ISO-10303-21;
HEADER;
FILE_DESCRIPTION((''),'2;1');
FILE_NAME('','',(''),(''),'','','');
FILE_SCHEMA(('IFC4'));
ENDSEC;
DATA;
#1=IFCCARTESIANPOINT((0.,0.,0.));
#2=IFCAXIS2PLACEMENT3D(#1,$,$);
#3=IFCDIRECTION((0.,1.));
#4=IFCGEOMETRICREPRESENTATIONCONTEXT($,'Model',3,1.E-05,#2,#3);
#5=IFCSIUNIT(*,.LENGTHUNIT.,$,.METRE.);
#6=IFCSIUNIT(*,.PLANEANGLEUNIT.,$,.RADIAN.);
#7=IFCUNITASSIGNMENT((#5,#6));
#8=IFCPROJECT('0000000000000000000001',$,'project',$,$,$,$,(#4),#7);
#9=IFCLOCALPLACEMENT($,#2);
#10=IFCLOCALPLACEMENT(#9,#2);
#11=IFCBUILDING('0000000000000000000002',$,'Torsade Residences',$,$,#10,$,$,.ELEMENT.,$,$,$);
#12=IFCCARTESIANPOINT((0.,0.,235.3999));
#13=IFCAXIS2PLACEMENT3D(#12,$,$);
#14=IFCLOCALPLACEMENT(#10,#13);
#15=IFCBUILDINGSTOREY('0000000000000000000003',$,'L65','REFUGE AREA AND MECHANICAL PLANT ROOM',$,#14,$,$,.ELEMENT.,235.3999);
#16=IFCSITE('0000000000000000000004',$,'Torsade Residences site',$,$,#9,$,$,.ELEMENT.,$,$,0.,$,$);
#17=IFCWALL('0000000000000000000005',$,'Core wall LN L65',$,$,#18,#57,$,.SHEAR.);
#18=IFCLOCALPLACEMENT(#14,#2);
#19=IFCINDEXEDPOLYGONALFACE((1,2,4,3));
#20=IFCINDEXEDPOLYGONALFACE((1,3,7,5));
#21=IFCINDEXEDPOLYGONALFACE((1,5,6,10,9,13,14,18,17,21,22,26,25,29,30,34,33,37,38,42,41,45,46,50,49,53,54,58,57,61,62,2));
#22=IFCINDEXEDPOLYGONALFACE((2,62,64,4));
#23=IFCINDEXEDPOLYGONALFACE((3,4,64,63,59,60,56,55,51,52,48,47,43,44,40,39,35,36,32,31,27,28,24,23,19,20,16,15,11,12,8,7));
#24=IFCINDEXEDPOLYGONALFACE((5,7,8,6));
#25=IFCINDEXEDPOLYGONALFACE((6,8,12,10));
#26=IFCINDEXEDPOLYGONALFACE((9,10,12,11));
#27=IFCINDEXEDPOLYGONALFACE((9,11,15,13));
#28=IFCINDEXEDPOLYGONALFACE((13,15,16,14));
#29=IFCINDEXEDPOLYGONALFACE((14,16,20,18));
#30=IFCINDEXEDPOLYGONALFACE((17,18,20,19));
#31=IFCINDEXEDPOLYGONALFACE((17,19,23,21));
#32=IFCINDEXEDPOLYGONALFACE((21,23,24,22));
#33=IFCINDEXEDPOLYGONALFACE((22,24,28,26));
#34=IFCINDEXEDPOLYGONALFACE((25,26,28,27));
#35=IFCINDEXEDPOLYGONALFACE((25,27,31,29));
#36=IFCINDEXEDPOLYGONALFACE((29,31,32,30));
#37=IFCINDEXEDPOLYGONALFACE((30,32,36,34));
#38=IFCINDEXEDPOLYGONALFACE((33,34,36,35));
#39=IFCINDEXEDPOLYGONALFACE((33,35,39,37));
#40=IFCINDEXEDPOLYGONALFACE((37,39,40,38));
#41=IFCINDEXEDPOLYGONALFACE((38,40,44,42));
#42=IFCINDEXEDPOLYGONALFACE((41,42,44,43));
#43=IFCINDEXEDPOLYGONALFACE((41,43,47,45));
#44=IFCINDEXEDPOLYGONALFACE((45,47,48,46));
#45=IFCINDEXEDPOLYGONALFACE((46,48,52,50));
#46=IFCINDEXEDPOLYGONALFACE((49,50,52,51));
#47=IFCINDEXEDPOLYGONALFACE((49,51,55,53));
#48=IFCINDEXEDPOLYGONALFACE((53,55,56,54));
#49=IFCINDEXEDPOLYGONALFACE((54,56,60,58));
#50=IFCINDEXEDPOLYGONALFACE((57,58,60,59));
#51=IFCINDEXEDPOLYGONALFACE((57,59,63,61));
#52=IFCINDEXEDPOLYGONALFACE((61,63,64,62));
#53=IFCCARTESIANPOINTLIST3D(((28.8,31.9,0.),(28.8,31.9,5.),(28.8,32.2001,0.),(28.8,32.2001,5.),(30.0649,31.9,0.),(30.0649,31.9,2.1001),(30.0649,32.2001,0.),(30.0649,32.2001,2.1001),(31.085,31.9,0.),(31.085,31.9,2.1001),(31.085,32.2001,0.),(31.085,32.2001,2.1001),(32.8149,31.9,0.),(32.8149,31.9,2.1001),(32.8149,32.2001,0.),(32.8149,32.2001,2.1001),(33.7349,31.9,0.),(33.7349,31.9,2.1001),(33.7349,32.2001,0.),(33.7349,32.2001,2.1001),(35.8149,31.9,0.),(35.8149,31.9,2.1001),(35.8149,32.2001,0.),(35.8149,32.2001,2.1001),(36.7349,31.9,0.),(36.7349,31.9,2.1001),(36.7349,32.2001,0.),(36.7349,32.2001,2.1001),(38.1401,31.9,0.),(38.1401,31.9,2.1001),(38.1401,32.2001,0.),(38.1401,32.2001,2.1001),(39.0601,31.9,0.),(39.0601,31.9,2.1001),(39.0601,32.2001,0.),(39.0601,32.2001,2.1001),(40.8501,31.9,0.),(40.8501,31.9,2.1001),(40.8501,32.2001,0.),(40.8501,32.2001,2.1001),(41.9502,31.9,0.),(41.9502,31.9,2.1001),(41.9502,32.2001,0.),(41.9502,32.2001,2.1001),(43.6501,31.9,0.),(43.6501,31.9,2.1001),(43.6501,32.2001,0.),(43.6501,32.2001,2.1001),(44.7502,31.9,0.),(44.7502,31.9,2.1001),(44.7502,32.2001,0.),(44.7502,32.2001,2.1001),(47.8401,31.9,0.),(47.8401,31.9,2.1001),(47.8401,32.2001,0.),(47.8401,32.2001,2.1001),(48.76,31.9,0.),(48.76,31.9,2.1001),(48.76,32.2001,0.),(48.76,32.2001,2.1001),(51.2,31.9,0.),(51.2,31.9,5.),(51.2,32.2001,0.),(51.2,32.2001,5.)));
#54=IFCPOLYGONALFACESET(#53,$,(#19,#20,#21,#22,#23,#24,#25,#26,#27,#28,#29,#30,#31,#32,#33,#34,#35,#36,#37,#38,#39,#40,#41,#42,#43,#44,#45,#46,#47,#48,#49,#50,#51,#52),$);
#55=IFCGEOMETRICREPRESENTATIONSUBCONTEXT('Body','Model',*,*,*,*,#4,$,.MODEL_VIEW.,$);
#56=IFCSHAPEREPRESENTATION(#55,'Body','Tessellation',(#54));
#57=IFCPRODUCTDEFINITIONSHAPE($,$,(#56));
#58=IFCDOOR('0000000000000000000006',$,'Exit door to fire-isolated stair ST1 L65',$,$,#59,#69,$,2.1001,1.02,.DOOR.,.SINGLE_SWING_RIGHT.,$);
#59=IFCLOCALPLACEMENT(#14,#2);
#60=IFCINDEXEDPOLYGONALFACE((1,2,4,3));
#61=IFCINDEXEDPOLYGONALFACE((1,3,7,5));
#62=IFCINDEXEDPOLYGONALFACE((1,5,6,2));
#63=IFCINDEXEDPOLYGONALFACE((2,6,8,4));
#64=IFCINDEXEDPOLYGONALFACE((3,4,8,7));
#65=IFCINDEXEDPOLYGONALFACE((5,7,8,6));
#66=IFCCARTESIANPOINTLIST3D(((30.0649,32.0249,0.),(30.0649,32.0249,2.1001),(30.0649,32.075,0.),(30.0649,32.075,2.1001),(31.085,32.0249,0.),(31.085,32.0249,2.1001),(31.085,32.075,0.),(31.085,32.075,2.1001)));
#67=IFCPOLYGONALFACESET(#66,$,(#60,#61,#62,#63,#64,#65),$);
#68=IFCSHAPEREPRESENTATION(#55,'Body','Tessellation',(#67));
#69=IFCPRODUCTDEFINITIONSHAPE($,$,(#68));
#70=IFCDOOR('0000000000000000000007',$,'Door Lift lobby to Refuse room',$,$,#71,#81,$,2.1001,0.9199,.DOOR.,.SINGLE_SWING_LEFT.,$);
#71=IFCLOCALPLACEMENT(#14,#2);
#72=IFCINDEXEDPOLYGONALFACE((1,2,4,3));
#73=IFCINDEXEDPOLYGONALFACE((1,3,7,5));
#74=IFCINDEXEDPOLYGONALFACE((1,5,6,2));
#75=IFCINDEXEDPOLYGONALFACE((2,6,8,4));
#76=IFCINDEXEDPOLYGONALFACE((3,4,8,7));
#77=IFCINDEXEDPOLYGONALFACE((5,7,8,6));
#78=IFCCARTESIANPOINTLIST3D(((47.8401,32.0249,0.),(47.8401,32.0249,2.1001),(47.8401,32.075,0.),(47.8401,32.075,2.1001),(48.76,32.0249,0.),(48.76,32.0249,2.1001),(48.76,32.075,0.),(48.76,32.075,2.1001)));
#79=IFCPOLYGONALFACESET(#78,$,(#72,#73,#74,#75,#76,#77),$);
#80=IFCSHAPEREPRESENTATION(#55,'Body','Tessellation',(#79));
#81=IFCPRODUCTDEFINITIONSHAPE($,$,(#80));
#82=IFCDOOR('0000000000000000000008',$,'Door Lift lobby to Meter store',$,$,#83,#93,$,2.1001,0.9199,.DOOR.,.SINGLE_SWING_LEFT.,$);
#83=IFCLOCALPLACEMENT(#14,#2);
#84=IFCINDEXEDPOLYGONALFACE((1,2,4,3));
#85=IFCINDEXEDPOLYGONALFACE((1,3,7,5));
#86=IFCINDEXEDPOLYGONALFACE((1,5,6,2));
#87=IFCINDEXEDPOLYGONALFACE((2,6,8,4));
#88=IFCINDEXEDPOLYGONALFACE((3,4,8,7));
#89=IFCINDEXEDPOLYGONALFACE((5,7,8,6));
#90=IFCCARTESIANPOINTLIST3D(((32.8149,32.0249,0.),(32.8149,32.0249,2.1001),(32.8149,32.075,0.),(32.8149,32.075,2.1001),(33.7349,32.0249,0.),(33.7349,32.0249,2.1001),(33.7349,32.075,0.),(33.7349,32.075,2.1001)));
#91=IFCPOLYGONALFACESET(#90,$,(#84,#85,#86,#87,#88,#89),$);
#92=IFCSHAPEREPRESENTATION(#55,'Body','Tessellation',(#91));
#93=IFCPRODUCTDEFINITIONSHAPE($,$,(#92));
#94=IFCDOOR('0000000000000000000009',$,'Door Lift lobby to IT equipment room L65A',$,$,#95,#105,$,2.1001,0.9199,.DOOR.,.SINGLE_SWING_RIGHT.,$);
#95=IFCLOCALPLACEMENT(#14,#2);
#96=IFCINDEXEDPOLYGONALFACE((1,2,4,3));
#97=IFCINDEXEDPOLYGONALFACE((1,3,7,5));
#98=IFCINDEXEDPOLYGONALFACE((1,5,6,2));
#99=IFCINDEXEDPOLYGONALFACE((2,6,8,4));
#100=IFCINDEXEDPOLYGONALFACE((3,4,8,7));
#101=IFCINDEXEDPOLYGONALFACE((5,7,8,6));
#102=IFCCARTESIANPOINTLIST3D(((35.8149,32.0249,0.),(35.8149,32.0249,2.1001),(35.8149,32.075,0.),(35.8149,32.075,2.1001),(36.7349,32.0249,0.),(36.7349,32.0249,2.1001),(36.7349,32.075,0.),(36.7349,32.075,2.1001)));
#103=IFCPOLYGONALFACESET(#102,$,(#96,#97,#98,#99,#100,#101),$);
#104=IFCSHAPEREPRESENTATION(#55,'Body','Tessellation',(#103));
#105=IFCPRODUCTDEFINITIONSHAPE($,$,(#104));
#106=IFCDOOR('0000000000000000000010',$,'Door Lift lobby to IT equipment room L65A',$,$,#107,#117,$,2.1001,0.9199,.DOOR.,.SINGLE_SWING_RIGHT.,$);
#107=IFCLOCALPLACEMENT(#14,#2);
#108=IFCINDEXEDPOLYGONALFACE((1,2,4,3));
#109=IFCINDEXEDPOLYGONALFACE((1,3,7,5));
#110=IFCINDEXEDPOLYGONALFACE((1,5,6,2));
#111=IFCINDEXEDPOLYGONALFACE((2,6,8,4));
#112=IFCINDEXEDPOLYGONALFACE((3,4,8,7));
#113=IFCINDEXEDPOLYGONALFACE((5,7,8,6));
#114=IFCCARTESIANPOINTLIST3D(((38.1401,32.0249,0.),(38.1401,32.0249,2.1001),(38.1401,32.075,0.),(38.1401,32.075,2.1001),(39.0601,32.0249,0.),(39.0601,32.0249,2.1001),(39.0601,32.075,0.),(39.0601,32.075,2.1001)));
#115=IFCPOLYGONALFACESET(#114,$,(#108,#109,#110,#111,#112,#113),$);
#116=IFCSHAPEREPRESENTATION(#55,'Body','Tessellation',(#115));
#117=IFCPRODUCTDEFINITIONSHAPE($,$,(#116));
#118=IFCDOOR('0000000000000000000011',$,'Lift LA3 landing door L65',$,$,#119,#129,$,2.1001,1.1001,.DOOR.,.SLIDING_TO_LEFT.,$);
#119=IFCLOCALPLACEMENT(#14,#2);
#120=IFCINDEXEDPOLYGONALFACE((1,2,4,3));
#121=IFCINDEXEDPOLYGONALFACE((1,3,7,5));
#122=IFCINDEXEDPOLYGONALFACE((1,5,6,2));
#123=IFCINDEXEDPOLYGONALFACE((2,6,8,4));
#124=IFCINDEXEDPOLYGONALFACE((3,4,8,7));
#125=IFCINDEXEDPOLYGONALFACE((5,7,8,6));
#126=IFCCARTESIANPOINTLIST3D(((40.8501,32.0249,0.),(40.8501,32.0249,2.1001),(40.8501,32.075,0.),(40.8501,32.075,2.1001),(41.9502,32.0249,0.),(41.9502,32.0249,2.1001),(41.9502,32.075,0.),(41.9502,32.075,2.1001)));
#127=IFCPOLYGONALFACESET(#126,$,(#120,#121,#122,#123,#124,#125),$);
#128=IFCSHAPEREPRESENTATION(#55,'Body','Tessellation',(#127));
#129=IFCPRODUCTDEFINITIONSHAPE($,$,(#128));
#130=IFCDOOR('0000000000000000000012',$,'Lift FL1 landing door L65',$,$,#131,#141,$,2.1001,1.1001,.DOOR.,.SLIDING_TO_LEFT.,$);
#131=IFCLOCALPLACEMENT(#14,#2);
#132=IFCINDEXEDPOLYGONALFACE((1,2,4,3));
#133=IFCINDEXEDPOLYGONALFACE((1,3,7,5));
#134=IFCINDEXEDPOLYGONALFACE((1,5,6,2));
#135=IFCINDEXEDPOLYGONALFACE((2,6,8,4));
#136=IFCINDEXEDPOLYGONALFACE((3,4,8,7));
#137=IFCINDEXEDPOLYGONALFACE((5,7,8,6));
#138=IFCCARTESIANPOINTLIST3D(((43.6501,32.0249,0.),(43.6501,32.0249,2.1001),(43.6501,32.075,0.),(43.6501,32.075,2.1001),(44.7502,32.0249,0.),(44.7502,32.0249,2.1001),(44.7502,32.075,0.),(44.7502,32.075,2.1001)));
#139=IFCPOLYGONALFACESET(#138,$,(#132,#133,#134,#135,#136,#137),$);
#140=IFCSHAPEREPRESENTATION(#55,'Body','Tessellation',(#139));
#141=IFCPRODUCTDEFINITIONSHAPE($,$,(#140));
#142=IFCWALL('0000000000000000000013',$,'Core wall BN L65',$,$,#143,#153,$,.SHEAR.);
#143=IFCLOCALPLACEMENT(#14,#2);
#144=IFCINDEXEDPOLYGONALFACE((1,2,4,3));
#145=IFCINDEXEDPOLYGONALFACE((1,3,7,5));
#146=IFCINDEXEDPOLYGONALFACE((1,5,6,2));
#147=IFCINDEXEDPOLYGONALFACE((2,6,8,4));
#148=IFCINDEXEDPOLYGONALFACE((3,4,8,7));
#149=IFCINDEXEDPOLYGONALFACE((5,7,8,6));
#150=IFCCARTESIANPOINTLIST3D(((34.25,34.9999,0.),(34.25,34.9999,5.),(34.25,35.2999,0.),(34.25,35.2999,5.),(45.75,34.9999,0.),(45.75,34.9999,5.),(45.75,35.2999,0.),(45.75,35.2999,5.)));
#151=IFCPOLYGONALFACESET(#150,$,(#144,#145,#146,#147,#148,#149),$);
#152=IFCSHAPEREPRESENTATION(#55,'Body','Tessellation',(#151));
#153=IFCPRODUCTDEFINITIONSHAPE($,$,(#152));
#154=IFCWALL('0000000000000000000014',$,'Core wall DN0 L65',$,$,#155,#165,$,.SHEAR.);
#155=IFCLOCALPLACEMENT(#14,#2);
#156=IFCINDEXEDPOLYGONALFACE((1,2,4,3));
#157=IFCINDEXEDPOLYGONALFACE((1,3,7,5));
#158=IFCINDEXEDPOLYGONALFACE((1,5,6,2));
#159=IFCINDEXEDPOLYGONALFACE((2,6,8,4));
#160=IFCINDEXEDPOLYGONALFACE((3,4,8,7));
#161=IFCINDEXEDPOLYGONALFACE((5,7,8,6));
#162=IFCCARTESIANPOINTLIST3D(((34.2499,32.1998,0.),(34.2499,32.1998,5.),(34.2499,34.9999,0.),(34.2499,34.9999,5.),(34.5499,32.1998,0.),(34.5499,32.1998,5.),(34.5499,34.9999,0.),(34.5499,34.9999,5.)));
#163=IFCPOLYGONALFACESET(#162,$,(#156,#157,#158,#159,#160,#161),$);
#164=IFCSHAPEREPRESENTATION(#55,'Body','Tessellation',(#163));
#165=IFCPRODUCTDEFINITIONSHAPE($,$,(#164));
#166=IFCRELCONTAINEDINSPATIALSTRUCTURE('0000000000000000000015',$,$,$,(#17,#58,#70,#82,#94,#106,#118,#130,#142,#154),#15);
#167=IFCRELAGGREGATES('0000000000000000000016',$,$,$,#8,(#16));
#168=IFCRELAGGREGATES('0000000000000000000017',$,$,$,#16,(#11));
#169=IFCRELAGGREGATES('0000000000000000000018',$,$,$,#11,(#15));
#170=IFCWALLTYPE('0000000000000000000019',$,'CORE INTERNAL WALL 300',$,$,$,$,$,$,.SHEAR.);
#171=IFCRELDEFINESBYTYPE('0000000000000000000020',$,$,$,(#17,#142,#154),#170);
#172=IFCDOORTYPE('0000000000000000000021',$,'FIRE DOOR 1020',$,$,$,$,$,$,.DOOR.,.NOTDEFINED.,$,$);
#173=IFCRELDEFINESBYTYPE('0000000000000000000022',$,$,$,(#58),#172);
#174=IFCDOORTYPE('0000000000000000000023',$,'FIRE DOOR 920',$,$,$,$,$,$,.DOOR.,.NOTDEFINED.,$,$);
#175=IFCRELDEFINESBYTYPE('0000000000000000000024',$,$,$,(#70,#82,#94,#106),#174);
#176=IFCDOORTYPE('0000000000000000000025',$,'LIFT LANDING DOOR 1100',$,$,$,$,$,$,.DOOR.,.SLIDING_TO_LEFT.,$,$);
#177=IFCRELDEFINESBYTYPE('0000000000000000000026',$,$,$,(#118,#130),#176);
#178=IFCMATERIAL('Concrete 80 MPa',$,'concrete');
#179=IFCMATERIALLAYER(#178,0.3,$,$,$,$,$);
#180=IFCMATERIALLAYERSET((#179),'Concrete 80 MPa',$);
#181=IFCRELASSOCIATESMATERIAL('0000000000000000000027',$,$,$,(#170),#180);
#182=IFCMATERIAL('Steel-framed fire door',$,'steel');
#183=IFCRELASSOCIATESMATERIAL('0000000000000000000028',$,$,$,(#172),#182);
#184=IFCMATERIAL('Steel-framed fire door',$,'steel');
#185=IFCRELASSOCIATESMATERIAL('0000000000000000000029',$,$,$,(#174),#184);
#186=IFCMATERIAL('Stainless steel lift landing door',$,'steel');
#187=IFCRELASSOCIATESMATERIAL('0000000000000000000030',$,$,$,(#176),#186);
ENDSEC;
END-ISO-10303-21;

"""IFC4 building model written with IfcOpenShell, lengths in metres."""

from ifc_helpers import new_model, si_unit, direction, frame, frame_2d, origin, place, context, subcontext, project, spatial, rectangle, extrude, material, layer, layer_set, type_object, element, fill, save


model = new_model("IFC4")

# Units and contexts
model_context = context("Model", 3, precision=1e-05, world=origin(), true_north=direction((0.0, 1.0)))
body_context = subcontext(model_context, "Body", "Model", "MODEL_VIEW")
ifc_project = project(units=[si_unit("LENGTHUNIT", "METRE"), si_unit("PLANEANGLEUNIT", "RADIAN")], contexts=[model_context])

# Site, building, storey
site_placement = place(None, origin())
site = spatial("IfcSite", under=ifc_project, at=site_placement, Name="Torsade Residences site", CompositionType="ELEMENT", RefElevation=0.0)
building_placement = place(site_placement, origin())
building = spatial("IfcBuilding", under=site, at=building_placement, Name="Torsade Residences", CompositionType="ELEMENT")
storey_placement = place(building_placement, frame((0.0, 0.0, 235.3999)))
storey = spatial("IfcBuildingStorey", under=building, at=storey_placement, Name="L65", Description="REFUGE AREA AND MECHANICAL PLANT ROOM", CompositionType="ELEMENT", Elevation=235.3999)

# Wall, openings, doors
ifc_material_1 = material(Name="Concrete 80 MPa", Category="concrete")
ifc_layer_1 = layer(ifc_material_1, 0.3)
ifc_layer_set_1 = layer_set([ifc_layer_1], Name="Concrete 80 MPa")
wall_type_1 = type_object("IfcWallType", Name="CORE INTERNAL WALL 300", PredefinedType="SHEAR", material=ifc_layer_set_1)
wall_1_placement = place(storey_placement, frame((28.8, 32.05, 0.0), z_axis=(0.0, 0.0, 1.0), x_axis=(1.0, 0.0, 0.0)))
wall_1 = element("IfcWall", 1, at=wall_1_placement, inside=storey, type_object=wall_type_1, Name="Core wall LN L65", PredefinedType="SHEAR", context=body_context, shape_type="SweptSolid", body=[
    extrude(rectangle(XDim=22.3999, YDim=0.3, at=frame_2d((11.2, 0.0))), origin(), (0.0, 0.0, 1.0), 5.0),
])
opening_1_placement = place(wall_1_placement, frame((19.04, 0.0, 0.0)))
opening_1 = element("IfcOpeningElement", 2, at=opening_1_placement, cuts=wall_1, PredefinedType="OPENING", context=body_context, shape_type="SweptSolid", body=[
    extrude(rectangle(XDim=0.9199, YDim=2.1001, at=frame_2d((0.46, 1.05))), frame((0.0, 0.1599, 0.0), z_axis=(0.0, -1.0, 0.0), x_axis=(1.0, 0.0, 0.0)), (0.0, 0.0, 1.0), 0.3201),
])
opening_2_placement = place(wall_1_placement, frame((1.2649, 0.0, 0.0)))
opening_2 = element("IfcOpeningElement", 3, at=opening_2_placement, cuts=wall_1, PredefinedType="OPENING", context=body_context, shape_type="SweptSolid", body=[
    extrude(rectangle(XDim=1.02, YDim=2.1001, at=frame_2d((0.51, 1.05))), frame((0.0, 0.1599, 0.0), z_axis=(0.0, -1.0, 0.0), x_axis=(1.0, 0.0, 0.0)), (0.0, 0.0, 1.0), 0.3201),
])
opening_3_placement = place(wall_1_placement, frame((4.0149, 0.0, 0.0)))
opening_3 = element("IfcOpeningElement", 4, at=opening_3_placement, cuts=wall_1, PredefinedType="OPENING", context=body_context, shape_type="SweptSolid", body=[
    extrude(rectangle(XDim=0.9199, YDim=2.1001, at=frame_2d((0.46, 1.05))), frame((0.0, 0.1599, 0.0), z_axis=(0.0, -1.0, 0.0), x_axis=(1.0, 0.0, 0.0)), (0.0, 0.0, 1.0), 0.3201),
])
opening_4_placement = place(wall_1_placement, frame((7.0149, 0.0, 0.0)))
opening_4 = element("IfcOpeningElement", 5, at=opening_4_placement, cuts=wall_1, PredefinedType="OPENING", context=body_context, shape_type="SweptSolid", body=[
    extrude(rectangle(XDim=0.9199, YDim=2.1001, at=frame_2d((0.46, 1.05))), frame((0.0, 0.1599, 0.0), z_axis=(0.0, -1.0, 0.0), x_axis=(1.0, 0.0, 0.0)), (0.0, 0.0, 1.0), 0.3201),
])
opening_5_placement = place(wall_1_placement, frame((9.3401, 0.0, 0.0)))
opening_5 = element("IfcOpeningElement", 6, at=opening_5_placement, cuts=wall_1, PredefinedType="OPENING", context=body_context, shape_type="SweptSolid", body=[
    extrude(rectangle(XDim=0.9199, YDim=2.1001, at=frame_2d((0.46, 1.05))), frame((0.0, 0.1599, 0.0), z_axis=(0.0, -1.0, 0.0), x_axis=(1.0, 0.0, 0.0)), (0.0, 0.0, 1.0), 0.3201),
])
opening_6_placement = place(wall_1_placement, frame((12.05, 0.0, 0.0)))
opening_6 = element("IfcOpeningElement", 7, at=opening_6_placement, cuts=wall_1, PredefinedType="OPENING", context=body_context, shape_type="SweptSolid", body=[
    extrude(rectangle(XDim=1.1001, YDim=2.1001, at=frame_2d((0.55, 1.05))), frame((0.0, 0.1599, 0.0), z_axis=(0.0, -1.0, 0.0), x_axis=(1.0, 0.0, 0.0)), (0.0, 0.0, 1.0), 0.3201),
])
opening_7_placement = place(wall_1_placement, frame((14.8501, 0.0, 0.0)))
opening_7 = element("IfcOpeningElement", 8, at=opening_7_placement, cuts=wall_1, PredefinedType="OPENING", context=body_context, shape_type="SweptSolid", body=[
    extrude(rectangle(XDim=1.1001, YDim=2.1001, at=frame_2d((0.55, 1.05))), frame((0.0, 0.1599, 0.0), z_axis=(0.0, -1.0, 0.0), x_axis=(1.0, 0.0, 0.0)), (0.0, 0.0, 1.0), 0.3201),
])
ifc_material_2 = material(Name="Steel-framed fire door", Category="steel")
door_type_1 = type_object("IfcDoorType", Name="FIRE DOOR 1020", OperationType="NOTDEFINED", PredefinedType="DOOR", material=ifc_material_2)
door_1_placement = place(opening_2_placement, origin())
door_1 = element("IfcDoor", 9, at=door_1_placement, inside=storey, type_object=door_type_1, Name="Exit door to fire-isolated stair ST1 L65", OperationType="SINGLE_SWING_RIGHT", OverallHeight=2.1001, OverallWidth=1.02, PredefinedType="DOOR", context=body_context, shape_type="SweptSolid", body=[
    extrude(rectangle(XDim=1.02, YDim=2.1001, at=frame_2d((0.51, 1.05))), frame((0.0, 0.0249, 0.0), z_axis=(0.0, -1.0, 0.0), x_axis=(1.0, 0.0, 0.0)), (0.0, 0.0, 1.0), 0.05),
])
fill(opening_2, door_1)
ifc_material_3 = material(Name="Steel-framed fire door", Category="steel")
door_type_2 = type_object("IfcDoorType", Name="FIRE DOOR 920", OperationType="NOTDEFINED", PredefinedType="DOOR", material=ifc_material_3)
door_2_placement = place(opening_1_placement, origin())
door_2 = element("IfcDoor", 10, at=door_2_placement, inside=storey, type_object=door_type_2, Name="Door Lift lobby to Refuse room", OperationType="SINGLE_SWING_LEFT", OverallHeight=2.1001, OverallWidth=0.9199, PredefinedType="DOOR", context=body_context, shape_type="SweptSolid", body=[
    extrude(rectangle(XDim=0.9199, YDim=2.1001, at=frame_2d((0.46, 1.05))), frame((0.0, 0.0249, 0.0), z_axis=(0.0, -1.0, 0.0), x_axis=(1.0, 0.0, 0.0)), (0.0, 0.0, 1.0), 0.05),
])
fill(opening_1, door_2)
door_3_placement = place(opening_3_placement, origin())
door_3 = element("IfcDoor", 11, at=door_3_placement, inside=storey, type_object=door_type_2, Name="Door Lift lobby to Meter store", OperationType="SINGLE_SWING_LEFT", OverallHeight=2.1001, OverallWidth=0.9199, PredefinedType="DOOR", context=body_context, shape_type="SweptSolid", body=[
    extrude(rectangle(XDim=0.9199, YDim=2.1001, at=frame_2d((0.46, 1.05))), frame((0.0, 0.0249, 0.0), z_axis=(0.0, -1.0, 0.0), x_axis=(1.0, 0.0, 0.0)), (0.0, 0.0, 1.0), 0.05),
])
fill(opening_3, door_3)
door_4_placement = place(opening_4_placement, origin())
door_4 = element("IfcDoor", 12, at=door_4_placement, inside=storey, type_object=door_type_2, Name="Door Lift lobby to IT equipment room L65A", OperationType="SINGLE_SWING_RIGHT", OverallHeight=2.1001, OverallWidth=0.9199, PredefinedType="DOOR", context=body_context, shape_type="SweptSolid", body=[
    extrude(rectangle(XDim=0.9199, YDim=2.1001, at=frame_2d((0.46, 1.05))), frame((0.0, 0.0249, 0.0), z_axis=(0.0, -1.0, 0.0), x_axis=(1.0, 0.0, 0.0)), (0.0, 0.0, 1.0), 0.05),
])
fill(opening_4, door_4)
door_5_placement = place(opening_5_placement, origin())
door_5 = element("IfcDoor", 13, at=door_5_placement, inside=storey, type_object=door_type_2, Name="Door Lift lobby to IT equipment room L65A", OperationType="SINGLE_SWING_RIGHT", OverallHeight=2.1001, OverallWidth=0.9199, PredefinedType="DOOR", context=body_context, shape_type="SweptSolid", body=[
    extrude(rectangle(XDim=0.9199, YDim=2.1001, at=frame_2d((0.46, 1.05))), frame((0.0, 0.0249, 0.0), z_axis=(0.0, -1.0, 0.0), x_axis=(1.0, 0.0, 0.0)), (0.0, 0.0, 1.0), 0.05),
])
fill(opening_5, door_5)
ifc_material_4 = material(Name="Stainless steel lift landing door", Category="steel")
door_type_3 = type_object("IfcDoorType", Name="LIFT LANDING DOOR 1100", OperationType="SLIDING_TO_LEFT", PredefinedType="DOOR", material=ifc_material_4)
door_6_placement = place(opening_6_placement, origin())
door_6 = element("IfcDoor", 14, at=door_6_placement, inside=storey, type_object=door_type_3, Name="Lift LA3 landing door L65", OperationType="SLIDING_TO_LEFT", OverallHeight=2.1001, OverallWidth=1.1001, PredefinedType="DOOR", context=body_context, shape_type="SweptSolid", body=[
    extrude(rectangle(XDim=1.1001, YDim=2.1001, at=frame_2d((0.55, 1.05))), frame((0.0, 0.0249, 0.0), z_axis=(0.0, -1.0, 0.0), x_axis=(1.0, 0.0, 0.0)), (0.0, 0.0, 1.0), 0.05),
])
fill(opening_6, door_6)
door_7_placement = place(opening_7_placement, origin())
door_7 = element("IfcDoor", 15, at=door_7_placement, inside=storey, type_object=door_type_3, Name="Lift FL1 landing door L65", OperationType="SLIDING_TO_LEFT", OverallHeight=2.1001, OverallWidth=1.1001, PredefinedType="DOOR", context=body_context, shape_type="SweptSolid", body=[
    extrude(rectangle(XDim=1.1001, YDim=2.1001, at=frame_2d((0.55, 1.05))), frame((0.0, 0.0249, 0.0), z_axis=(0.0, -1.0, 0.0), x_axis=(1.0, 0.0, 0.0)), (0.0, 0.0, 1.0), 0.05),
])
fill(opening_7, door_7)

# Walls
wall_2_placement = place(storey_placement, frame((34.25, 35.1499, 0.0), z_axis=(0.0, 0.0, 1.0), x_axis=(1.0, 0.0, 0.0)))
element("IfcWall", 16, at=wall_2_placement, inside=storey, type_object=wall_type_1, Name="Core wall BN L65", PredefinedType="SHEAR", context=body_context, shape_type="SweptSolid", body=[
    extrude(rectangle(XDim=11.5, YDim=0.3, at=frame_2d((5.75, 0.0))), origin(), (0.0, 0.0, 1.0), 5.0),
])
wall_3_placement = place(storey_placement, frame((34.3999, 32.2, 0.0), z_axis=(0.0, 0.0, 1.0), x_axis=(0.0, 1.0, 0.0)))
element("IfcWall", 17, at=wall_3_placement, inside=storey, type_object=wall_type_1, Name="Core wall DN0 L65", PredefinedType="SHEAR", context=body_context, shape_type="SweptSolid", body=[
    extrude(rectangle(XDim=2.8, YDim=0.3, at=frame_2d((1.3999, 0.0))), origin(), (0.0, 0.0, 1.0), 5.0),
])

save(model, "model.ifc")
